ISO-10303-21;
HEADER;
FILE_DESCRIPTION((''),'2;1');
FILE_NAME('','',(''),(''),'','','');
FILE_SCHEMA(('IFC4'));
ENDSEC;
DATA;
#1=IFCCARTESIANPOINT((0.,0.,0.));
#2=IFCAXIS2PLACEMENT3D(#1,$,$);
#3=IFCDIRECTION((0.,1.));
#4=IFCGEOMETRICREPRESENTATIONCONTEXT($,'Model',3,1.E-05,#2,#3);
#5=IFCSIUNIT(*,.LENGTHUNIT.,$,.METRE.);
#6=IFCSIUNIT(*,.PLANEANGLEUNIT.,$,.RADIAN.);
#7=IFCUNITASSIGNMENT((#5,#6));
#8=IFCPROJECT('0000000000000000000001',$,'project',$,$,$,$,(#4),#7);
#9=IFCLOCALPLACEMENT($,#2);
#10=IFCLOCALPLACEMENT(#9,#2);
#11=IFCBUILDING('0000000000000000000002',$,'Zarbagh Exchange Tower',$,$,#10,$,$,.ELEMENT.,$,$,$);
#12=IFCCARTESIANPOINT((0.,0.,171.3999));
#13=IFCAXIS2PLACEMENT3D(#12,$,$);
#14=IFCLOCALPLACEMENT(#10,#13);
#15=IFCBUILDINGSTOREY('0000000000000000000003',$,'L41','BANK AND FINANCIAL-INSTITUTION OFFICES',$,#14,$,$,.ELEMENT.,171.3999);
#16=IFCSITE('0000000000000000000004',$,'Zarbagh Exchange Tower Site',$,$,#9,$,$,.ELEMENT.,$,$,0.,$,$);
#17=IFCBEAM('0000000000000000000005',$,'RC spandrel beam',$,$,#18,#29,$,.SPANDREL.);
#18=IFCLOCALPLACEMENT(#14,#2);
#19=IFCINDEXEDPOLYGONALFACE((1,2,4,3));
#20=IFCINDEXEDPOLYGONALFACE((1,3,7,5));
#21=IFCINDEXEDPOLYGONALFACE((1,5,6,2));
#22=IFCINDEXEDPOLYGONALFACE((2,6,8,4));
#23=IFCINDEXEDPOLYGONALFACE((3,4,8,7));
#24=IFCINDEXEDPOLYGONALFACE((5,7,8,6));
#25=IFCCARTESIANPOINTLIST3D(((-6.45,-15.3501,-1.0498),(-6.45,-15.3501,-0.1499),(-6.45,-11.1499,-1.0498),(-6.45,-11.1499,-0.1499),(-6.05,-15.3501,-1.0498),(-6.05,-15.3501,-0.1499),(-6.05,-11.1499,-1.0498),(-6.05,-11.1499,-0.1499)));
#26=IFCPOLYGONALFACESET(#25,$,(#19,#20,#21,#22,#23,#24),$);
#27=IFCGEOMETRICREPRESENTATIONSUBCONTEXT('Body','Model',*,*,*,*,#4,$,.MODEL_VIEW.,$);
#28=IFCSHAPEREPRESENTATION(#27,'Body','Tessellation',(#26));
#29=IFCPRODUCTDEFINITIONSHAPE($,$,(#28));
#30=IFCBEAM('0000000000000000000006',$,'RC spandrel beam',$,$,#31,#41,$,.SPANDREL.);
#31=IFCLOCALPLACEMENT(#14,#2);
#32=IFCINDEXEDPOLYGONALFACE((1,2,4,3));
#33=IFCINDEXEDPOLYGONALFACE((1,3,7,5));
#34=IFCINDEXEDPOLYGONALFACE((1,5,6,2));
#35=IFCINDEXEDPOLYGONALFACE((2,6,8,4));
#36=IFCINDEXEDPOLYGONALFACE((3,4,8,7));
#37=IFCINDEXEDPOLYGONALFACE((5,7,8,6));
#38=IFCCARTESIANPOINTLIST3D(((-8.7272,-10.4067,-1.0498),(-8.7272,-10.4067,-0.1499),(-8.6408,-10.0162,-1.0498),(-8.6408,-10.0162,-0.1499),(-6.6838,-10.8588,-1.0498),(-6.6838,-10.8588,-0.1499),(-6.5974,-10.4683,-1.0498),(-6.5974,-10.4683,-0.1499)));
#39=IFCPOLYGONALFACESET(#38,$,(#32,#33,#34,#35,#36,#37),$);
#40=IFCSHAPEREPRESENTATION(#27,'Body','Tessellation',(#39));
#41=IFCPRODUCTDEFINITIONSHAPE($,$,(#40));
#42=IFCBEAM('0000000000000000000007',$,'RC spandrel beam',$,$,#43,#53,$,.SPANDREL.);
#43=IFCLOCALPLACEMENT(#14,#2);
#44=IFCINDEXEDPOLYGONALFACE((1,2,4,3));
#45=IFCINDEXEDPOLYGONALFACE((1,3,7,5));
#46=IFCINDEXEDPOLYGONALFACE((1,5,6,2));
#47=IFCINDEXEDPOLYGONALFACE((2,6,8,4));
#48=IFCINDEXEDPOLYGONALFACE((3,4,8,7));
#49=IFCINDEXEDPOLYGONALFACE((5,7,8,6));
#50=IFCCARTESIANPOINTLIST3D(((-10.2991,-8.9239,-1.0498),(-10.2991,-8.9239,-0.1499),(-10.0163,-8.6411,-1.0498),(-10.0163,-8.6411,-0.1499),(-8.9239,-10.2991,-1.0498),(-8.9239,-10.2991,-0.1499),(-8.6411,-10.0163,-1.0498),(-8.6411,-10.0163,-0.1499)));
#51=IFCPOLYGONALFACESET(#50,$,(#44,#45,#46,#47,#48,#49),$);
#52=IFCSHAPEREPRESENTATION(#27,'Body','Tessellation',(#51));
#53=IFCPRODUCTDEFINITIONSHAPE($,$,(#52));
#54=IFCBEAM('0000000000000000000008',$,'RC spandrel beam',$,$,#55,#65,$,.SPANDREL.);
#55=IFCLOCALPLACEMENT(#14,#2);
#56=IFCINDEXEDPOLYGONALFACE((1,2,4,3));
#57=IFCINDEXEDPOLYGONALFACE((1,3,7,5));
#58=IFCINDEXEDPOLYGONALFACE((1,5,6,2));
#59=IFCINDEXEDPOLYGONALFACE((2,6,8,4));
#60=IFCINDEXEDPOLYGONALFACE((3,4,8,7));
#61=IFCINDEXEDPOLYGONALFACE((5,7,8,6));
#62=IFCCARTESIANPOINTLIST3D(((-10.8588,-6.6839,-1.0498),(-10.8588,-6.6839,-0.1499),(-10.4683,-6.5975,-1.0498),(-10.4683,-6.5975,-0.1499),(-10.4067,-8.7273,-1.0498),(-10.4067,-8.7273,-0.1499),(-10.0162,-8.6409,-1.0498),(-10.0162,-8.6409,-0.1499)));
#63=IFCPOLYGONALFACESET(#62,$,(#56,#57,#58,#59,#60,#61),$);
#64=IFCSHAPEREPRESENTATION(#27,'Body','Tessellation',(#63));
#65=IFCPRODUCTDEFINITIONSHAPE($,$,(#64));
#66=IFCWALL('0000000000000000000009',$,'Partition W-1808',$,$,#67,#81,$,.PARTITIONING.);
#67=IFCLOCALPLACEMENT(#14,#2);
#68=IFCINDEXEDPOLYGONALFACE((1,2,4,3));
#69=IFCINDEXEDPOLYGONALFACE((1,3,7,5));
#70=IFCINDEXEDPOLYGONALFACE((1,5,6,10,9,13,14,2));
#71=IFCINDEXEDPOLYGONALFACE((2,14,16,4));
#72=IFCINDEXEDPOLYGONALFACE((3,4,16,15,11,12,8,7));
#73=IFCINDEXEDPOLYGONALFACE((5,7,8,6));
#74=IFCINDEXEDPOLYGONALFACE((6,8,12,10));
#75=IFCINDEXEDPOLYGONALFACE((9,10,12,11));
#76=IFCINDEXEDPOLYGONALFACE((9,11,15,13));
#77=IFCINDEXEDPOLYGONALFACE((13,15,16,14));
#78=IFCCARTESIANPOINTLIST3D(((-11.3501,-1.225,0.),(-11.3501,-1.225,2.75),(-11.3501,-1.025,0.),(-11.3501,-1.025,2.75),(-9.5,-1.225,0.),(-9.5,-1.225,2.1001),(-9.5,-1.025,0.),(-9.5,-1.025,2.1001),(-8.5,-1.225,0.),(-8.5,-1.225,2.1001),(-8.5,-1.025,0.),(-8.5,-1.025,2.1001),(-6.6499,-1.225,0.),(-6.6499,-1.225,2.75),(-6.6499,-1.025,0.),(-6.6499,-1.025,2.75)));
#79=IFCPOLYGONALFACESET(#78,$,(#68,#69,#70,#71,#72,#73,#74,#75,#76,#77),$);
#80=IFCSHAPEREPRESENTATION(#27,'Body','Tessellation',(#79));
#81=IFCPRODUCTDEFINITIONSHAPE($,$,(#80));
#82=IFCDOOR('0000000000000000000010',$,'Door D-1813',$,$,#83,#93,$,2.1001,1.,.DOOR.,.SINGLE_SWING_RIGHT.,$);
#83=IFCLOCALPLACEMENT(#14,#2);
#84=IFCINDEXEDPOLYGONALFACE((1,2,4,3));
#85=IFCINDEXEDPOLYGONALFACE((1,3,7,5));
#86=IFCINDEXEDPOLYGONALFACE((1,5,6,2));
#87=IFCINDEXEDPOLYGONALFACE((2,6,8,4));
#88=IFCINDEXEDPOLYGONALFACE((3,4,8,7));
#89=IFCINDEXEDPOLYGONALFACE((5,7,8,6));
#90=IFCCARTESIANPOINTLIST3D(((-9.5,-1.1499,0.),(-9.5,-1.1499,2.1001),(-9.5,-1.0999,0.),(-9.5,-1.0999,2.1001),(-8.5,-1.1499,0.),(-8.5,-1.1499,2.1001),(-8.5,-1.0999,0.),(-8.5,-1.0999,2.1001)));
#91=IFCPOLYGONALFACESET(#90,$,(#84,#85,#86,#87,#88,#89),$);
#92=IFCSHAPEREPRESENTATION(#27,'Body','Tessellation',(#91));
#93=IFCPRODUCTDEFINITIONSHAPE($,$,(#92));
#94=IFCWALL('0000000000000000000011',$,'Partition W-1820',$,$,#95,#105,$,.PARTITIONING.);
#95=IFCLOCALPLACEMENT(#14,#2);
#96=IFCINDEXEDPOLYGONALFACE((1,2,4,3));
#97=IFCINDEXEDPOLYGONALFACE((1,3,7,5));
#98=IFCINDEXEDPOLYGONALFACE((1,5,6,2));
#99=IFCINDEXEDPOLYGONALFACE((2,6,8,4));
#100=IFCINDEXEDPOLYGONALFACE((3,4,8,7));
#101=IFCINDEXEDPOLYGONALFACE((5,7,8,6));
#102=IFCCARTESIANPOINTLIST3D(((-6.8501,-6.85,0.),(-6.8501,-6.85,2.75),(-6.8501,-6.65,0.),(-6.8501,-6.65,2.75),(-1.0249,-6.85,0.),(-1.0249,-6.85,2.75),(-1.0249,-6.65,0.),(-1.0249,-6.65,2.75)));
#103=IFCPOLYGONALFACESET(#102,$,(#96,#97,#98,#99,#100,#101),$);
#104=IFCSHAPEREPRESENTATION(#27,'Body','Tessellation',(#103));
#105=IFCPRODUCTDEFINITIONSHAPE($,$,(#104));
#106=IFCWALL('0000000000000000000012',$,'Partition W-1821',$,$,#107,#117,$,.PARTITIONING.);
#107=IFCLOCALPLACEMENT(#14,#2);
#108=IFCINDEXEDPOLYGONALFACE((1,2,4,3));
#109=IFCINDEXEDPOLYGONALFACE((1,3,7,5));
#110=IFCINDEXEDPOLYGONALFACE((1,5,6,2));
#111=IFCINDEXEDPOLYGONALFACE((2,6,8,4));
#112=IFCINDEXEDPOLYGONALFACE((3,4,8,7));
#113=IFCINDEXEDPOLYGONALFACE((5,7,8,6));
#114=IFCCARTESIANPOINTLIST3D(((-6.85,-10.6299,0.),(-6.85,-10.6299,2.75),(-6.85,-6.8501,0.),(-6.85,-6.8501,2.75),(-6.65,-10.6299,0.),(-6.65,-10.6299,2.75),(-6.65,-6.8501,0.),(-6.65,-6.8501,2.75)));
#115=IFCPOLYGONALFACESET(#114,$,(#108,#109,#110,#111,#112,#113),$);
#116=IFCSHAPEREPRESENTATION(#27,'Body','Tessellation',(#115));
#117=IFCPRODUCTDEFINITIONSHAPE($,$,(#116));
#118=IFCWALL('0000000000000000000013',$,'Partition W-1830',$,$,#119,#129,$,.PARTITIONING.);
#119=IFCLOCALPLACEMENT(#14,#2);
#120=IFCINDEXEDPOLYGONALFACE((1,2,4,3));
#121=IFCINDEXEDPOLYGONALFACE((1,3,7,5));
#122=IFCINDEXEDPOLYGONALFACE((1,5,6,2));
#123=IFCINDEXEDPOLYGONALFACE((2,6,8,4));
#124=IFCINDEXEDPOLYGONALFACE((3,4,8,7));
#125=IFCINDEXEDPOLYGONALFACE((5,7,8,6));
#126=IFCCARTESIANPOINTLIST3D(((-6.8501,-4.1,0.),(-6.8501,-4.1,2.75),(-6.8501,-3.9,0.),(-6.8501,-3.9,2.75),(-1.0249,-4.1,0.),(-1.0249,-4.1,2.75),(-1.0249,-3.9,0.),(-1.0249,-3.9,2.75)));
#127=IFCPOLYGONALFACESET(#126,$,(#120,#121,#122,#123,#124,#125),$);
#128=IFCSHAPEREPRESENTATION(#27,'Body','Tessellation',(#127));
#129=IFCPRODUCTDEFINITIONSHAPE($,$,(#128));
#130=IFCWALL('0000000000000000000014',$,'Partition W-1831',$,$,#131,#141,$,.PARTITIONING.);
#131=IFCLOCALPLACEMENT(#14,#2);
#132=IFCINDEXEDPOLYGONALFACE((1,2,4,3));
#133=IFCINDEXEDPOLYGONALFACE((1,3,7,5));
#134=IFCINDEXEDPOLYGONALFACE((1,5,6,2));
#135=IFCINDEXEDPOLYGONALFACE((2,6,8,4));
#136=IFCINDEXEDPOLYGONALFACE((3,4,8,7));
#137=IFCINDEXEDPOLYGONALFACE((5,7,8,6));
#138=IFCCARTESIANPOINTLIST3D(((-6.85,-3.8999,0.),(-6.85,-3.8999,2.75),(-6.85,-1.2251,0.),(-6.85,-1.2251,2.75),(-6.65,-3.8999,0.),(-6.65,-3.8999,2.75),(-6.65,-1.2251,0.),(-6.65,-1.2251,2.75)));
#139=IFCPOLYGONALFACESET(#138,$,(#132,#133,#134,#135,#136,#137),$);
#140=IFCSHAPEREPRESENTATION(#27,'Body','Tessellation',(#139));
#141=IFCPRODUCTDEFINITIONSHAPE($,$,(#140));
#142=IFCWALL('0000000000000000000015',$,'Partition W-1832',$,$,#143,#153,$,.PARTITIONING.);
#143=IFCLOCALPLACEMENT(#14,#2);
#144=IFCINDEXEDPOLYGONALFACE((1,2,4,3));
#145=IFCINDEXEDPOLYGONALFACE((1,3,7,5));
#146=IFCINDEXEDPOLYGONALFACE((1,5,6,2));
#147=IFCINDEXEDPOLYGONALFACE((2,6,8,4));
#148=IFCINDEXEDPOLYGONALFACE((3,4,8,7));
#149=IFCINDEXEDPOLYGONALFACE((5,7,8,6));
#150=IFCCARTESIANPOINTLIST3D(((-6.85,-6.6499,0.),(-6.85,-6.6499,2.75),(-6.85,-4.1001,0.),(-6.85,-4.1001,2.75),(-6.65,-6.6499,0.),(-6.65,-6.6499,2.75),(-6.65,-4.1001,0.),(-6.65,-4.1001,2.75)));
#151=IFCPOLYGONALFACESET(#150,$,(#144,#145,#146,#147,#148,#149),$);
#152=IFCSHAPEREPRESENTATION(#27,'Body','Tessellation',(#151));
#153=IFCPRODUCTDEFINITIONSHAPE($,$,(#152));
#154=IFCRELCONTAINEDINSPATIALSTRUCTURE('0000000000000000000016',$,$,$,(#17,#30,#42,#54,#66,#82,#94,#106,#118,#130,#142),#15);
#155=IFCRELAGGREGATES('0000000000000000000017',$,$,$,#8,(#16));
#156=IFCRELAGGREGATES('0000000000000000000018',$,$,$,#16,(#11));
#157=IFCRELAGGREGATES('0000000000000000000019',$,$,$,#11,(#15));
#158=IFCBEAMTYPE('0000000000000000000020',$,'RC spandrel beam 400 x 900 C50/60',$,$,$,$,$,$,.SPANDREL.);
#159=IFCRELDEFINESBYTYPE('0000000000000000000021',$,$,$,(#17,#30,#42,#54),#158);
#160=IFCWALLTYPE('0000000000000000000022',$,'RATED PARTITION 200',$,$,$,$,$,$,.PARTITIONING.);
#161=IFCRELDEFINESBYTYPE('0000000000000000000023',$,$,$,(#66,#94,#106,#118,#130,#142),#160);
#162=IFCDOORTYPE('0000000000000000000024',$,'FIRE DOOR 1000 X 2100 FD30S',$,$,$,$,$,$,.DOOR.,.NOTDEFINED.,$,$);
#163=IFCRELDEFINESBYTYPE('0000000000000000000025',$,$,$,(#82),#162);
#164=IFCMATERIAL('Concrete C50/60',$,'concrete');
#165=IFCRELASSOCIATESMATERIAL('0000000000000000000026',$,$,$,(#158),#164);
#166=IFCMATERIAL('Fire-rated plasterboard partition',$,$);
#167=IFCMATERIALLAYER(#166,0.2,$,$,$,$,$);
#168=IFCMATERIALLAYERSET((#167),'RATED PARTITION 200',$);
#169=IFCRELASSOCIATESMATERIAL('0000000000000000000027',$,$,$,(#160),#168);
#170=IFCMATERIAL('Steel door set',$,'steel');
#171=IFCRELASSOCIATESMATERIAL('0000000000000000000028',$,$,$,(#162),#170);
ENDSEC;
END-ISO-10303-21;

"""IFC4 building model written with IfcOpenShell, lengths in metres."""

from ifc_helpers import new_model, si_unit, direction, frame, frame_2d, origin, origin_2d, place, context, subcontext, project, spatial, rectangle, extrude, material, layer, layer_set, material_profile, profile_set, type_object, element, fill, save


model = new_model("IFC4")

# Units and contexts
model_context = context("Model", 3, precision=1e-05, world=origin(), true_north=direction((0.0, 1.0)))
body_context = subcontext(model_context, "Body", "Model", "MODEL_VIEW")
ifc_project = project(units=[si_unit("LENGTHUNIT", "METRE"), si_unit("PLANEANGLEUNIT", "RADIAN")], contexts=[model_context])

# Site, building, storey
site_placement = place(None, origin())
site = spatial("IfcSite", under=ifc_project, at=site_placement, Name="Zarbagh Exchange Tower Site", CompositionType="ELEMENT", RefElevation=0.0)
building_placement = place(site_placement, origin())
building = spatial("IfcBuilding", under=site, at=building_placement, Name="Zarbagh Exchange Tower", CompositionType="ELEMENT")
storey_placement = place(building_placement, frame((0.0, 0.0, 171.3999)))
storey = spatial("IfcBuildingStorey", under=building, at=storey_placement, Name="L41", Description="BANK AND FINANCIAL-INSTITUTION OFFICES", CompositionType="ELEMENT", Elevation=171.3999)

# Shared definitions
ifc_material_1 = material(Name="Concrete C50/60", Category="concrete")

# Beams
ifc_material_profile_1 = material_profile(ifc_material_1, rectangle(XDim=0.3999, YDim=0.8999, at=origin_2d()), Name="RC spandrel beam 400 x 900 C50/60")
ifc_profile_set_1 = profile_set([ifc_material_profile_1], Name="Concrete C50/60")
beam_type_1 = type_object("IfcBeamType", Name="RC spandrel beam 400 x 900 C50/60", PredefinedType="SPANDREL", material=ifc_profile_set_1)
beam_1_placement = place(storey_placement, frame((-6.25, -15.3501, -0.5999), z_axis=(0.0, 1.0, 0.0), x_axis=(-1.0, 0.0, 0.0)))
element("IfcBeam", 1, at=beam_1_placement, inside=storey, type_object=beam_type_1, Name="RC spandrel beam", PredefinedType="SPANDREL", context=body_context, shape_type="SweptSolid", body=[
    extrude(rectangle(XDim=0.3999, YDim=0.8999, at=origin_2d()), origin(), (0.0, 0.0, 1.0), 4.2002),
])
beam_2_placement = place(storey_placement, frame((-6.6406, -10.6636, -0.5999), z_axis=(-0.976384, 0.216041, 0.0), x_axis=(-0.216041, -0.976384, 0.0)))
element("IfcBeam", 2, at=beam_2_placement, inside=storey, type_object=beam_type_1, Name="RC spandrel beam", PredefinedType="SPANDREL", context=body_context, shape_type="SweptSolid", body=[
    extrude(rectangle(XDim=0.3999, YDim=0.8999, at=origin_2d()), origin(), (0.0, 0.0, 1.0), 2.0928),
])
beam_3_placement = place(storey_placement, frame((-8.7825, -10.1577, -0.5999), z_axis=(-0.707107, 0.707107, 0.0), x_axis=(-0.707107, -0.707107, 0.0)))
element("IfcBeam", 3, at=beam_3_placement, inside=storey, type_object=beam_type_1, Name="RC spandrel beam", PredefinedType="SPANDREL", context=body_context, shape_type="SweptSolid", body=[
    extrude(rectangle(XDim=0.3999, YDim=0.8999, at=origin_2d()), origin(), (0.0, 0.0, 1.0), 1.9448),
])
beam_4_placement = place(storey_placement, frame((-10.2114, -8.6841, -0.5999), z_axis=(-0.216041, 0.976384, 0.0), x_axis=(-0.976384, -0.216041, 0.0)))
element("IfcBeam", 4, at=beam_4_placement, inside=storey, type_object=beam_type_1, Name="RC spandrel beam", PredefinedType="SPANDREL", context=body_context, shape_type="SweptSolid", body=[
    extrude(rectangle(XDim=0.3999, YDim=0.8999, at=origin_2d()), origin(), (0.0, 0.0, 1.0), 2.0928),
])

# Wall, opening, door
ifc_material_2 = material(Name="Fire-rated plasterboard partition")
ifc_layer = layer(ifc_material_2, 0.2)
ifc_layer_set = layer_set([ifc_layer], Name="RATED PARTITION 200")
wall_type = type_object("IfcWallType", Name="RATED PARTITION 200", PredefinedType="PARTITIONING", material=ifc_layer_set)
wall_1_placement = place(storey_placement, frame((-6.6499, -1.125, 0.0), z_axis=(0.0, 0.0, 1.0), x_axis=(-1.0, 0.0, 0.0)))
wall_1 = element("IfcWall", 5, at=wall_1_placement, inside=storey, type_object=wall_type, Name="Partition W-1808", PredefinedType="PARTITIONING", context=body_context, shape_type="SweptSolid", body=[
    extrude(rectangle(XDim=4.7002, YDim=0.2, at=frame_2d((2.3501, 0.0))), origin(), (0.0, 0.0, 1.0), 2.75),
])
opening_placement = place(wall_1_placement, frame((1.8501, 0.0, 0.0)))
opening = element("IfcOpeningElement", 6, at=opening_placement, cuts=wall_1, PredefinedType="OPENING", context=body_context, shape_type="SweptSolid", body=[
    extrude(rectangle(XDim=1.0, YDim=2.1001, at=frame_2d((0.5, 1.05))), frame((0.0, 0.1099, 0.0), z_axis=(0.0, -1.0, 0.0), x_axis=(1.0, 0.0, 0.0)), (0.0, 0.0, 1.0), 0.22),
])
ifc_material_3 = material(Name="Steel door set", Category="steel")
door_type = type_object("IfcDoorType", Name="FIRE DOOR 1000 X 2100 FD30S", OperationType="NOTDEFINED", PredefinedType="DOOR", material=ifc_material_3)
door_placement = place(opening_placement, origin())
door = element("IfcDoor", 7, at=door_placement, inside=storey, type_object=door_type, Name="Door D-1813", OperationType="SINGLE_SWING_RIGHT", OverallHeight=2.1001, OverallWidth=1.0, PredefinedType="DOOR", context=body_context, shape_type="SweptSolid", body=[
    extrude(rectangle(XDim=1.0, YDim=2.1001, at=frame_2d((0.5, 1.05))), frame((0.0, 0.0249, 0.0), z_axis=(0.0, -1.0, 0.0), x_axis=(1.0, 0.0, 0.0)), (0.0, 0.0, 1.0), 0.05),
])
fill(opening, door)

# Walls
wall_2_placement = place(storey_placement, frame((-6.8501, -6.75, 0.0), z_axis=(0.0, 0.0, 1.0), x_axis=(1.0, 0.0, 0.0)))
element("IfcWall", 8, at=wall_2_placement, inside=storey, type_object=wall_type, Name="Partition W-1820", PredefinedType="PARTITIONING", context=body_context, shape_type="SweptSolid", body=[
    extrude(rectangle(XDim=5.8252, YDim=0.2, at=frame_2d((2.9126, 0.0))), origin(), (0.0, 0.0, 1.0), 2.75),
])
wall_3_placement = place(storey_placement, frame((-6.75, -10.6299, 0.0), z_axis=(0.0, 0.0, 1.0), x_axis=(0.0, 1.0, 0.0)))
element("IfcWall", 9, at=wall_3_placement, inside=storey, type_object=wall_type, Name="Partition W-1821", PredefinedType="PARTITIONING", context=body_context, shape_type="SweptSolid", body=[
    extrude(rectangle(XDim=3.7798, YDim=0.2, at=frame_2d((1.8899, 0.0))), origin(), (0.0, 0.0, 1.0), 2.75),
])
wall_4_placement = place(storey_placement, frame((-6.8501, -4.0, 0.0), z_axis=(0.0, 0.0, 1.0), x_axis=(1.0, 0.0, 0.0)))
element("IfcWall", 10, at=wall_4_placement, inside=storey, type_object=wall_type, Name="Partition W-1830", PredefinedType="PARTITIONING", context=body_context, shape_type="SweptSolid", body=[
    extrude(rectangle(XDim=5.8252, YDim=0.2, at=frame_2d((2.9126, 0.0))), origin(), (0.0, 0.0, 1.0), 2.75),
])
wall_5_placement = place(storey_placement, frame((-6.75, -3.8999, 0.0), z_axis=(0.0, 0.0, 1.0), x_axis=(0.0, 1.0, 0.0)))
element("IfcWall", 11, at=wall_5_placement, inside=storey, type_object=wall_type, Name="Partition W-1831", PredefinedType="PARTITIONING", context=body_context, shape_type="SweptSolid", body=[
    extrude(rectangle(XDim=2.6748, YDim=0.2, at=frame_2d((1.3374, 0.0))), origin(), (0.0, 0.0, 1.0), 2.75),
])
wall_6_placement = place(storey_placement, frame((-6.75, -6.6499, 0.0), z_axis=(0.0, 0.0, 1.0), x_axis=(0.0, 1.0, 0.0)))
element("IfcWall", 12, at=wall_6_placement, inside=storey, type_object=wall_type, Name="Partition W-1832", PredefinedType="PARTITIONING", context=body_context, shape_type="SweptSolid", body=[
    extrude(rectangle(XDim=2.5498, YDim=0.2, at=frame_2d((1.2749, 0.0))), origin(), (0.0, 0.0, 1.0), 2.75),
])

save(model, "model.ifc")
